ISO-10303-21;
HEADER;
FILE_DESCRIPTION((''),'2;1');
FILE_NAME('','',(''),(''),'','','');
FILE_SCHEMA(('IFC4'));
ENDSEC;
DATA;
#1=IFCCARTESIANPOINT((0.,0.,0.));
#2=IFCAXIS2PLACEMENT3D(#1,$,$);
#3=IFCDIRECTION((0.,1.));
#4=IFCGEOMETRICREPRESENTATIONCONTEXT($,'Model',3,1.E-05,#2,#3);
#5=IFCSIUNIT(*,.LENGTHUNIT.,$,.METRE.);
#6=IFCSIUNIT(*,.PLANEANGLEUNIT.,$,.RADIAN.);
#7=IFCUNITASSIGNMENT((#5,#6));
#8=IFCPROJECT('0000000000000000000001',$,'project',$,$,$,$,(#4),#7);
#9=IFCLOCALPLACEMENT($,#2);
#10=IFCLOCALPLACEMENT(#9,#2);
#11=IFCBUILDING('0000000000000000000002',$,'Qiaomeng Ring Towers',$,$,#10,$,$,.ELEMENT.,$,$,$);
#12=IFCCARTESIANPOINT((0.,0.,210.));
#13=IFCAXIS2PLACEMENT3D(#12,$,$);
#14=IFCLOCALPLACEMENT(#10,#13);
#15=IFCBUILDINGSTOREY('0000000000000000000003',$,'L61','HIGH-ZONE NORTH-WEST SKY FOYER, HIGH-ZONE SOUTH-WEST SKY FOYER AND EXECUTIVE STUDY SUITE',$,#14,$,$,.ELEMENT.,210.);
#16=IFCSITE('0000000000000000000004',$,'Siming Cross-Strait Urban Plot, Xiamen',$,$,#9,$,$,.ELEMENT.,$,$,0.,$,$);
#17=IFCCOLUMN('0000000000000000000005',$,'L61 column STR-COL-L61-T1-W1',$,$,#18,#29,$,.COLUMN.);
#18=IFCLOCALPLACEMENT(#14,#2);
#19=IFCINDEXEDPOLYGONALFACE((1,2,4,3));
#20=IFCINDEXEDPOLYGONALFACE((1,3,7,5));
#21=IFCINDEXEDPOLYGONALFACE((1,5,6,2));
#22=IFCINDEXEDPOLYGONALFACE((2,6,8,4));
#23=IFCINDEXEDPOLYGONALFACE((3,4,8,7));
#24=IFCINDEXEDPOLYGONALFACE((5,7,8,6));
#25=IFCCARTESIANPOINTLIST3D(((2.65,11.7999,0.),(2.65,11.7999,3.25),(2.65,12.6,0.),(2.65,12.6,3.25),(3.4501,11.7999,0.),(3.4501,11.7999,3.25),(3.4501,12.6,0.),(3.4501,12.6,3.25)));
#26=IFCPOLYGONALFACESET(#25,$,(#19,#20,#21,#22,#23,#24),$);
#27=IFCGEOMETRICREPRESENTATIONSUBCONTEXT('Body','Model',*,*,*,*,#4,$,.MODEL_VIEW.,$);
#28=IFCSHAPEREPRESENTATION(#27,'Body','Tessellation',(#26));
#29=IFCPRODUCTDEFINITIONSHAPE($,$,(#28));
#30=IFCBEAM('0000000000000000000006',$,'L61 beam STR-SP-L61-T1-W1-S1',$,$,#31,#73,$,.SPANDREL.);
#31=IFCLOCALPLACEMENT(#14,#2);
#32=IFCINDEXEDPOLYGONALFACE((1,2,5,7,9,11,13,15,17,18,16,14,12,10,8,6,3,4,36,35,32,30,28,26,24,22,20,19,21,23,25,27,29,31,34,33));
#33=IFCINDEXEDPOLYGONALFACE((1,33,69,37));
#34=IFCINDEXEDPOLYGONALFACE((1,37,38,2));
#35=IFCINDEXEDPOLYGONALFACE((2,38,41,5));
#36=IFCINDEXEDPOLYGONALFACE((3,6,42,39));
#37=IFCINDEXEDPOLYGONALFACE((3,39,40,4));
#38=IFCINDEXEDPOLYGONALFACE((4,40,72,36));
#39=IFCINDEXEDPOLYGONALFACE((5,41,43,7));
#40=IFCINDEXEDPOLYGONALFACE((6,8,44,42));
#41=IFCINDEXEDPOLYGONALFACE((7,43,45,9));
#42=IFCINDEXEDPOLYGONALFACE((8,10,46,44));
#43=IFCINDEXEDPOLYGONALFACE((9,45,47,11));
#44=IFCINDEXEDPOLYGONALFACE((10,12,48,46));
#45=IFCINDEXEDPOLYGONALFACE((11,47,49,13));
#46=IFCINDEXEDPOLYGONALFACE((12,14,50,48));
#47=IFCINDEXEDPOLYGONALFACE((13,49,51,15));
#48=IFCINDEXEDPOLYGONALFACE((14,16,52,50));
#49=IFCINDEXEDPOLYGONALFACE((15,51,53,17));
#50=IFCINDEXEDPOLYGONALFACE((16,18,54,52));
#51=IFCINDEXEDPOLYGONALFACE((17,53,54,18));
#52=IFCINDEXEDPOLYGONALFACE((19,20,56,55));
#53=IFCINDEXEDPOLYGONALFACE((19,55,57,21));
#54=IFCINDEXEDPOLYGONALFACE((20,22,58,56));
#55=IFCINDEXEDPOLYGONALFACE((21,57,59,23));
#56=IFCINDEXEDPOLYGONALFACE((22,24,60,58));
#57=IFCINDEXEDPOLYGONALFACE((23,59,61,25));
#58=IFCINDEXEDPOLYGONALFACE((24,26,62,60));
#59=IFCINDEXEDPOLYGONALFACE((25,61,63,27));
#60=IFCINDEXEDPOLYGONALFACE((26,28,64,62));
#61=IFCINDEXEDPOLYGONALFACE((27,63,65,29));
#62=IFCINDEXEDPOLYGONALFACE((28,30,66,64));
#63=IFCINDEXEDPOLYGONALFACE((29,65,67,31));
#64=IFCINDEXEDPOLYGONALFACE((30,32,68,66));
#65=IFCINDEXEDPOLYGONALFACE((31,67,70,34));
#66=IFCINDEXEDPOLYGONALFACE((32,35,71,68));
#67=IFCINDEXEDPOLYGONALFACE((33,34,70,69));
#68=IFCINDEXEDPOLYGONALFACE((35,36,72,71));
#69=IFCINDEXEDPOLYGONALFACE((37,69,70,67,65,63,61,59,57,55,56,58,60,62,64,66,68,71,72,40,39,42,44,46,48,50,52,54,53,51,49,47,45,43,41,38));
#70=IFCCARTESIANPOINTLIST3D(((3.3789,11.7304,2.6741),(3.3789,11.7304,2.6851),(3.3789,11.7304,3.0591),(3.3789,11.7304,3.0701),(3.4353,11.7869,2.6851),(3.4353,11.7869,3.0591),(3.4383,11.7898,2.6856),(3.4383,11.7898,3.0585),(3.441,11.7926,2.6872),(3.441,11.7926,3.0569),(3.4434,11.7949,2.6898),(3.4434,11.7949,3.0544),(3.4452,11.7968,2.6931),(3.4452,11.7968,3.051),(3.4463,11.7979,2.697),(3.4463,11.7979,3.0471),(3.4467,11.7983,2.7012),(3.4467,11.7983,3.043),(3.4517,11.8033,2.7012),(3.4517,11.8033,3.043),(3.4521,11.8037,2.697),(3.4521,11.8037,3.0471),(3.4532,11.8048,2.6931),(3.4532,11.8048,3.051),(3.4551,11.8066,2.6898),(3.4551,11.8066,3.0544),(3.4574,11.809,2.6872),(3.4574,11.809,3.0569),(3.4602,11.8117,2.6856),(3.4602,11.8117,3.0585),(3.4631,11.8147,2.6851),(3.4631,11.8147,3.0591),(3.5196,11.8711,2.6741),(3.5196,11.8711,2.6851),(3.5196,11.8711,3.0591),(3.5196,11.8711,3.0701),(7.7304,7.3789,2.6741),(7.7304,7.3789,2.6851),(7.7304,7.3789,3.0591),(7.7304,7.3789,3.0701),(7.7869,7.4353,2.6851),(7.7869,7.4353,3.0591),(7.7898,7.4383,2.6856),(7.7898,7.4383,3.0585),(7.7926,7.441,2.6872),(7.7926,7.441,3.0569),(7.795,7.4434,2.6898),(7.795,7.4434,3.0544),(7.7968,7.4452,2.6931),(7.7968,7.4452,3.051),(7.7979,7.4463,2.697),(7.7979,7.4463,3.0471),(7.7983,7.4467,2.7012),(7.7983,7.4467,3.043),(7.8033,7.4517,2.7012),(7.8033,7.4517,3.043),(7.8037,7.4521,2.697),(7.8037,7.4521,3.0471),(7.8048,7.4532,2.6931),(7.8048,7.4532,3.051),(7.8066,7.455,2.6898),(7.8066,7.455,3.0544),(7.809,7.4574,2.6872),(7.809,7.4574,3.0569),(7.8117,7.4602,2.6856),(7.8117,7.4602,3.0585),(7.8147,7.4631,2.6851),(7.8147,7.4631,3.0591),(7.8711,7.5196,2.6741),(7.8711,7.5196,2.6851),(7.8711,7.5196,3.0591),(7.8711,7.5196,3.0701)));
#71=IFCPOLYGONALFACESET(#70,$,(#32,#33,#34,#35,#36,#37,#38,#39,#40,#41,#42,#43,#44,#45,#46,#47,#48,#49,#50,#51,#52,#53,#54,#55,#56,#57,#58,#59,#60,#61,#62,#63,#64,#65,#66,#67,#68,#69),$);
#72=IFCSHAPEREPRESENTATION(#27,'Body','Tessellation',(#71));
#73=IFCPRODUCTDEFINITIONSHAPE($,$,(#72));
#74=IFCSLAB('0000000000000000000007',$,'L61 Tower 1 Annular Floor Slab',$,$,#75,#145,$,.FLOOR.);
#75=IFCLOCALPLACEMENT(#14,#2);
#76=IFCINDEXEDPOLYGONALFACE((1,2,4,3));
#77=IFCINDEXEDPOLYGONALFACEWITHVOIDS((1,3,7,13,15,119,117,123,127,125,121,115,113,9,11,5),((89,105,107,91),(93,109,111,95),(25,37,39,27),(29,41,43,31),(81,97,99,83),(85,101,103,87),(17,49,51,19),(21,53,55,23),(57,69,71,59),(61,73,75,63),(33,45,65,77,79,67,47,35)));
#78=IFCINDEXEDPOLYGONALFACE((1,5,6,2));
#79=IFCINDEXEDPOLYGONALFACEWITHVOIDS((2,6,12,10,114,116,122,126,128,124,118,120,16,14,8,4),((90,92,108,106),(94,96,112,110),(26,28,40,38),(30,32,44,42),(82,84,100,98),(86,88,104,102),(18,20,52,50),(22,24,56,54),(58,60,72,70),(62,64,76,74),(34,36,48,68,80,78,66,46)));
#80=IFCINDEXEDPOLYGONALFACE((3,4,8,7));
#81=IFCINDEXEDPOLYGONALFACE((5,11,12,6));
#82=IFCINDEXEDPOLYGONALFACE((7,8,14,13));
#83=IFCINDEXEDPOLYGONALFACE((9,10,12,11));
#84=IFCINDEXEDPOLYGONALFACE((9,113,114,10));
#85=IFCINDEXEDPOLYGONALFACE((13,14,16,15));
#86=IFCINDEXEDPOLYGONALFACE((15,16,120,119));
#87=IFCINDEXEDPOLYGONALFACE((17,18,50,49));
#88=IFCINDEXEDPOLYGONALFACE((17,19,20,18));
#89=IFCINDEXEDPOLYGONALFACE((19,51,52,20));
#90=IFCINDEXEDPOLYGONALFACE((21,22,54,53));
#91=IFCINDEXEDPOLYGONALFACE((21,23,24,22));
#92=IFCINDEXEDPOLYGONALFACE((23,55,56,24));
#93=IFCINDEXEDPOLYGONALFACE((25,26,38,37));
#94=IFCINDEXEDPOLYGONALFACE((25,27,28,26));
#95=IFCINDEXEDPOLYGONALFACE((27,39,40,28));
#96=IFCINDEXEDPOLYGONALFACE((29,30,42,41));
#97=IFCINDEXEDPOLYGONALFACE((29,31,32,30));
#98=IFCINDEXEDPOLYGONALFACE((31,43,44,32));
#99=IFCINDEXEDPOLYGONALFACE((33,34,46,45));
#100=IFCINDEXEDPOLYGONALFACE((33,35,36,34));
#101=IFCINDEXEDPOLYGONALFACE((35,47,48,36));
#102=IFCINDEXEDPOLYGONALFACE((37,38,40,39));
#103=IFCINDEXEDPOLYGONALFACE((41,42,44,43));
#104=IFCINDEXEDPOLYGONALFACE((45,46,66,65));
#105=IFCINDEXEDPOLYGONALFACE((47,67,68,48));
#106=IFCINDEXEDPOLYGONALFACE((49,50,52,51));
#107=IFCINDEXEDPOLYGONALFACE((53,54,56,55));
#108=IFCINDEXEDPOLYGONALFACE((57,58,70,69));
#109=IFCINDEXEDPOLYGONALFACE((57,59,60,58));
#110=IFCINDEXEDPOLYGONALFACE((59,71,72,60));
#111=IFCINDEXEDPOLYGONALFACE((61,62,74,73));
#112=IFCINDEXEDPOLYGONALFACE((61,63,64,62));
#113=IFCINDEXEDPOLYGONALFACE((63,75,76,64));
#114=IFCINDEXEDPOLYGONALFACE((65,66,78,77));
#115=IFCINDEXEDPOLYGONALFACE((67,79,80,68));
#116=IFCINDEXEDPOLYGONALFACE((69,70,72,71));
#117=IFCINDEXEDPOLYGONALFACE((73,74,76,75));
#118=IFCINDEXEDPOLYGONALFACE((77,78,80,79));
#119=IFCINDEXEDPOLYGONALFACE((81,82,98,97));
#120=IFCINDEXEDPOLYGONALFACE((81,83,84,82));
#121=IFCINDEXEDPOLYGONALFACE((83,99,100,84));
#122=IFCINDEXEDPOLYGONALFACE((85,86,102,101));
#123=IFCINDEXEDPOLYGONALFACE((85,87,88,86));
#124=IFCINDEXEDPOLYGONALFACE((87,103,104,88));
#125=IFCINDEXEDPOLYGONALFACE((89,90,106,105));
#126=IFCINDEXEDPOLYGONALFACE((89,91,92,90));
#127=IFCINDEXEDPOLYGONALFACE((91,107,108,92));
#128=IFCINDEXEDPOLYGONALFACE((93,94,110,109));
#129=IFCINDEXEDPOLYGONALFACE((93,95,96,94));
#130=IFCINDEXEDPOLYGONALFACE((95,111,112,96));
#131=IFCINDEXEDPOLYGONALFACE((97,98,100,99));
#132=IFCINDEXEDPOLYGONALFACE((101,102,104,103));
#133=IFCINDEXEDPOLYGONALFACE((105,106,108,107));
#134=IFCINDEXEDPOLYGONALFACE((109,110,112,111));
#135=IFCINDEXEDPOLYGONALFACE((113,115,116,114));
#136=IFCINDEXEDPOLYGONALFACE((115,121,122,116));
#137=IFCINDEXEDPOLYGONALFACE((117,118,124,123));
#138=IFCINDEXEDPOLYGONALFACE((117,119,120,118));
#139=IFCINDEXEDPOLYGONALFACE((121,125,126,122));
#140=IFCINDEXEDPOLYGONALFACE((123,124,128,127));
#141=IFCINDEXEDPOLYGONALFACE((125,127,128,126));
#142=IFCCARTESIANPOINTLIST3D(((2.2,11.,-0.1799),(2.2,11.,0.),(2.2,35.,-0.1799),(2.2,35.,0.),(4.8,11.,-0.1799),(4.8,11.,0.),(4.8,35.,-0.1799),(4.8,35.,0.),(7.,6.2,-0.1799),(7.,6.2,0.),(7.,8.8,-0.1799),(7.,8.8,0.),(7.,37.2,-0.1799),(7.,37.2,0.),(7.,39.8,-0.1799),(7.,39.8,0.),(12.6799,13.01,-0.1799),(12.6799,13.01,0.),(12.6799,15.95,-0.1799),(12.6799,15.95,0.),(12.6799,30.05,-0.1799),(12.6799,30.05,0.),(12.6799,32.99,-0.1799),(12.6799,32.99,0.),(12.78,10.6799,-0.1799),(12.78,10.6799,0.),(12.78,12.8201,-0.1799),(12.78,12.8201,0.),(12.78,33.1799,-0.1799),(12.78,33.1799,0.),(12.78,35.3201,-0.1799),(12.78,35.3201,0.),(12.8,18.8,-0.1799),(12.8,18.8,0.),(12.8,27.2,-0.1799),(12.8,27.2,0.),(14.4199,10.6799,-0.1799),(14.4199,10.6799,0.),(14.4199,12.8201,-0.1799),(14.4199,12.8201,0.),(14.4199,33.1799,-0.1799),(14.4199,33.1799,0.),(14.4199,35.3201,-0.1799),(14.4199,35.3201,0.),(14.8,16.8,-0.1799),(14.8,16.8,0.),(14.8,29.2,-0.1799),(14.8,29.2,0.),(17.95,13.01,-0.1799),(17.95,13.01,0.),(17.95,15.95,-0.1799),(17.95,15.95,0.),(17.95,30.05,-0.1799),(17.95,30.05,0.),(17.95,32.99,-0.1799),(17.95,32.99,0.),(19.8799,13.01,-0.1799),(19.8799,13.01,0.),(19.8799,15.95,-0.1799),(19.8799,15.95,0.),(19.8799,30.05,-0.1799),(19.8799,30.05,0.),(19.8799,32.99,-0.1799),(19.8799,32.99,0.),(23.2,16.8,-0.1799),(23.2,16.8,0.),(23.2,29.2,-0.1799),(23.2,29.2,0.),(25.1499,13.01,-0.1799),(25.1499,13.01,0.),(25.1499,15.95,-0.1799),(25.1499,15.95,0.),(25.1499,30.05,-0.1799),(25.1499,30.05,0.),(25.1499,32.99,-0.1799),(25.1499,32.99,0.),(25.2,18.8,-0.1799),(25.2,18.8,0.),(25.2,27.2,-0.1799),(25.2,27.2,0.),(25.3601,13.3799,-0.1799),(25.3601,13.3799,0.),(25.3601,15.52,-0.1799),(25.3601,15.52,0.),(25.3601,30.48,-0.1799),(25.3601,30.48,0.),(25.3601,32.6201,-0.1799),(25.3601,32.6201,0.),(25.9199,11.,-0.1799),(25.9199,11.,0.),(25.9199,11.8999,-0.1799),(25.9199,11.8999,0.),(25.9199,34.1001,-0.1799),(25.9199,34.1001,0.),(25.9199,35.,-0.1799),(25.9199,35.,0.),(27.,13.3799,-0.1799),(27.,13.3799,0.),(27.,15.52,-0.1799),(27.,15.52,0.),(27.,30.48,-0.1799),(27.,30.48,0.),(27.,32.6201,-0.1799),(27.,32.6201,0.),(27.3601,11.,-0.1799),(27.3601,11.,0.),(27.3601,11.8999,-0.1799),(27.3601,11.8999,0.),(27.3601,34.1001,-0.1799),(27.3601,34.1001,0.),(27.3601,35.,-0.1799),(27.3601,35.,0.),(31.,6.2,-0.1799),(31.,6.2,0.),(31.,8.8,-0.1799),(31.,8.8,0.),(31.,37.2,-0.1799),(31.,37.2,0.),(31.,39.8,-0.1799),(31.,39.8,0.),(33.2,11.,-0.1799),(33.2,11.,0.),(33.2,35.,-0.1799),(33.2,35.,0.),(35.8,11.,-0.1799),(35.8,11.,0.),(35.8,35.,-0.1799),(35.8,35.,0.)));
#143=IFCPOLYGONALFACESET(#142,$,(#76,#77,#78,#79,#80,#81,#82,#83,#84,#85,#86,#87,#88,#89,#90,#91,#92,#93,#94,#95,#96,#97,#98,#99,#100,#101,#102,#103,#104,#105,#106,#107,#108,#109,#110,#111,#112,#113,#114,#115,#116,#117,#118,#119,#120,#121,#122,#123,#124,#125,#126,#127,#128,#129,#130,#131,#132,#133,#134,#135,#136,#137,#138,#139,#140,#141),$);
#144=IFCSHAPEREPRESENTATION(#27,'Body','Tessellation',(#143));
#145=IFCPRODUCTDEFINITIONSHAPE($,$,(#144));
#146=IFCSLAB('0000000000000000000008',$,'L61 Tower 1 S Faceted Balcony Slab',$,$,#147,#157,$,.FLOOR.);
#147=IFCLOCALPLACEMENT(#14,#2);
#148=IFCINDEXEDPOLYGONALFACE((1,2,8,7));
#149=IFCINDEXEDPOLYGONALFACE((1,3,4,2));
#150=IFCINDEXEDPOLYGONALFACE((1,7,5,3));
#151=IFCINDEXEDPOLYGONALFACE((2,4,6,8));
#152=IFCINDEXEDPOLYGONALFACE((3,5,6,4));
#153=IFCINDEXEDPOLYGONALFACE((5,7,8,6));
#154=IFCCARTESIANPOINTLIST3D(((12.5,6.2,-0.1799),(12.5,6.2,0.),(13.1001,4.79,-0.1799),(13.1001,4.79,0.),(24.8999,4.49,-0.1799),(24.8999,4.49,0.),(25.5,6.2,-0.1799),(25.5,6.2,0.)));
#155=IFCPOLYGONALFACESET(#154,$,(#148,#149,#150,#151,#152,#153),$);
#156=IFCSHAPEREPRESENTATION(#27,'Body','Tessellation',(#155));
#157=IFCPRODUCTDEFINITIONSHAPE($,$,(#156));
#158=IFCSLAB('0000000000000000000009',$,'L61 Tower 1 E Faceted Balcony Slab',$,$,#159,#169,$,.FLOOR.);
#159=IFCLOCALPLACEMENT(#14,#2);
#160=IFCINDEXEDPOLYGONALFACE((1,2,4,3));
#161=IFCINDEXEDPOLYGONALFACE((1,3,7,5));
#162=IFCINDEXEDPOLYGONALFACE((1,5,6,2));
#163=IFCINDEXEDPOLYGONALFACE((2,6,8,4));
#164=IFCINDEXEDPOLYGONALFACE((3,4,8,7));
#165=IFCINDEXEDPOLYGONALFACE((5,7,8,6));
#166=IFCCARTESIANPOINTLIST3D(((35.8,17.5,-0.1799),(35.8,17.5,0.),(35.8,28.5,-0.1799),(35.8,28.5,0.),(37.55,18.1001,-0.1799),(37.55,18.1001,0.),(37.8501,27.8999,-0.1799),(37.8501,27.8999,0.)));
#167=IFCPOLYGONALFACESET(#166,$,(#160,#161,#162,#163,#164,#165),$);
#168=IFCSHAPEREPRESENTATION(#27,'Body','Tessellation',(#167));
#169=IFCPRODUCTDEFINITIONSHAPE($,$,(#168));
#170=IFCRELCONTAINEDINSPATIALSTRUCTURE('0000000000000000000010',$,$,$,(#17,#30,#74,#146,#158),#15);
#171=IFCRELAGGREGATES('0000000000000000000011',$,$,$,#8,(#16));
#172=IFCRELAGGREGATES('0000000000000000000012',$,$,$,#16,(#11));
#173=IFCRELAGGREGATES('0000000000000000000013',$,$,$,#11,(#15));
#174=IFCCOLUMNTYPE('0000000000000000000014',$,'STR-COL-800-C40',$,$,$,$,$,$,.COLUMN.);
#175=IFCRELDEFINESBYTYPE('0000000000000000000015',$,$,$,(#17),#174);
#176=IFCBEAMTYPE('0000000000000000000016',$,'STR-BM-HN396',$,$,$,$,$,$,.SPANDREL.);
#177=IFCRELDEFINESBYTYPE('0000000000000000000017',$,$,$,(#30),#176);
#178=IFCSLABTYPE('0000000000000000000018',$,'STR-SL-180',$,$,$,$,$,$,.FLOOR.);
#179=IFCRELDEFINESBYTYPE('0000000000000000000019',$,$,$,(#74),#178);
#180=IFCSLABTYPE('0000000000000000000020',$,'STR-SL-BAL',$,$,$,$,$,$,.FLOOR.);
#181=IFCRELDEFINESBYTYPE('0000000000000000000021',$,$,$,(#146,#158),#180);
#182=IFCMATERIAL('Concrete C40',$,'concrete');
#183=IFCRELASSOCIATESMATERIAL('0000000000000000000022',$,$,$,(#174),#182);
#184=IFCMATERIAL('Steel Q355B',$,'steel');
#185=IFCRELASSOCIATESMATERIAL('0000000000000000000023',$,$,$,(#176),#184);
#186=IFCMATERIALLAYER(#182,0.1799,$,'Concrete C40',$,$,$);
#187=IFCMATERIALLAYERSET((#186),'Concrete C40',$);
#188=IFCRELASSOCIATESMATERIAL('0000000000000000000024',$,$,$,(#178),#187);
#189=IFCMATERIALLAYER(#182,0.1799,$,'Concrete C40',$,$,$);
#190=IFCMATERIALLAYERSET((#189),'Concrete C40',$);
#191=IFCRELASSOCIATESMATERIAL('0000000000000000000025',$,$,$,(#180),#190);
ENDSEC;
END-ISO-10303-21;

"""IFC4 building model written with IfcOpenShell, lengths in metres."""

from ifc_helpers import new_model, si_unit, direction, frame, origin, origin_2d, place, context, subcontext, project, spatial, polyline, rectangle, i_section, outline, extrude, source, transform, mapped, material, layer, layer_set, material_profile, profile_set, type_object, element, save


model = new_model("IFC4")

# Units and contexts
model_context = context("Model", 3, precision=1e-05, world=origin(), true_north=direction((0.0, 1.0)))
body_context = subcontext(model_context, "Body", "Model", "MODEL_VIEW")
ifc_project = project(units=[si_unit("LENGTHUNIT", "METRE"), si_unit("PLANEANGLEUNIT", "RADIAN")], contexts=[model_context])

# Site, building, storey
site_placement = place(None, origin())
site = spatial("IfcSite", under=ifc_project, at=site_placement, Name="Siming Cross-Strait Urban Plot, Xiamen", CompositionType="ELEMENT", RefElevation=0.0)
building_placement = place(site_placement, origin())
building = spatial("IfcBuilding", under=site, at=building_placement, Name="Qiaomeng Ring Towers", CompositionType="ELEMENT")
storey_placement = place(building_placement, frame((0.0, 0.0, 210.0)))
storey = spatial("IfcBuildingStorey", under=building, at=storey_placement, Name="L61", Description="HIGH-ZONE NORTH-WEST SKY FOYER, HIGH-ZONE SOUTH-WEST SKY FOYER AND EXECUTIVE STUDY SUITE", CompositionType="ELEMENT", Elevation=210.0)

# Column
ifc_material_1 = material(Name="Concrete C40", Category="concrete")
ifc_material_profile_1 = material_profile(ifc_material_1, rectangle(XDim=0.8, YDim=0.8, at=origin_2d()), Name="RC COL 800x800")
ifc_profile_set_1 = profile_set([ifc_material_profile_1], Name="Concrete C40")
column_type = type_object("IfcColumnType", Name="STR-COL-800-C40", PredefinedType="COLUMN", material=ifc_profile_set_1)
shared_shape_1 = source(origin(), body_context, "Body", "SweptSolid", [
    extrude(rectangle(XDim=0.8, YDim=0.8, at=origin_2d()), origin(), (0.0, 0.0, 1.0), 3.25),
])
column_placement = place(storey_placement, frame((3.05, 12.2, 0.0), z_axis=(0.0, 0.0, 1.0), x_axis=(1.0, 0.0, 0.0)))
element("IfcColumn", 1, at=column_placement, inside=storey, type_object=column_type, Name="L61 column STR-COL-L61-T1-W1", PredefinedType="COLUMN", context=body_context, shape_type="MappedRepresentation", body=[
    mapped(shared_shape_1, transform((0.0, 0.0, 0.0), x_axis=(1.0, 0.0, 0.0), y_axis=(0.0, 1.0, 0.0), z_axis=(0.0, 0.0, 1.0), scale=1.0)),
])

# Beam
ifc_material_2 = material(Name="Steel Q355B", Category="steel")
ifc_material_profile_2 = material_profile(ifc_material_2, i_section(OverallWidth=0.199, OverallDepth=0.396, WebThickness=0.0071, FlangeThickness=0.011, FilletRadius=0.0161, at=origin_2d()), Name="HN 396x199x7x11")
ifc_profile_set_2 = profile_set([ifc_material_profile_2], Name="Steel Q355B")
beam_type = type_object("IfcBeamType", Name="STR-BM-HN396", PredefinedType="SPANDREL", material=ifc_profile_set_2)
shared_shape_2 = source(origin(), body_context, "Body", "SweptSolid", [
    extrude(i_section(OverallWidth=0.199, OverallDepth=0.396, WebThickness=0.0071, FlangeThickness=0.011, FilletRadius=0.0161, at=origin_2d()), origin(), (0.0, 0.0, 1.0), 6.1541),
])
beam_placement = place(storey_placement, frame((3.4492, 11.8008, 2.8721), z_axis=(0.707107, -0.707107, 0.0), x_axis=(0.707107, 0.707107, 0.0)))
element("IfcBeam", 2, at=beam_placement, inside=storey, type_object=beam_type, Name="L61 beam STR-SP-L61-T1-W1-S1", PredefinedType="SPANDREL", context=body_context, shape_type="MappedRepresentation", body=[
    mapped(shared_shape_2, transform((0.0, 0.0, 0.0), x_axis=(1.0, 0.0, 0.0), y_axis=(0.0, 1.0, 0.0), z_axis=(0.0, 0.0, 1.0), scale=1.0)),
])

# Slabs
ifc_layer_1 = layer(ifc_material_1, 0.1799, Name="Concrete C40")
ifc_layer_set_1 = layer_set([ifc_layer_1], Name="Concrete C40")
slab_type_1 = type_object("IfcSlabType", Name="STR-SL-180", PredefinedType="FLOOR", material=ifc_layer_set_1)
slab_1_placement = place(storey_placement, frame((0.0, 0.0, -0.1799)))
element("IfcSlab", 3, at=slab_1_placement, inside=storey, type_object=slab_type_1, Name="L61 Tower 1 Annular Floor Slab", PredefinedType="FLOOR", context=body_context, shape_type="SweptSolid", body=[
    extrude(outline(polyline([(7.0, 6.2), (31.0, 6.2), (31.0, 8.8), (33.2, 11.0), (35.8, 11.0), (35.8, 35.0), (33.2, 35.0), (31.0, 37.2), (31.0, 39.8), (7.0, 39.8), (7.0, 37.2), (4.8, 35.0), (2.2, 35.0), (2.2, 11.0), (4.8, 11.0), (7.0, 8.8), (7.0, 6.2)]), holes=[polyline([(12.78, 10.6799), (12.78, 12.8201), (14.4199, 12.8201), (14.4199, 10.6799), (12.78, 10.6799)]), polyline([(12.6799, 13.01), (12.6799, 15.95), (17.95, 15.95), (17.95, 13.01), (12.6799, 13.01)]), polyline([(23.2, 29.2), (25.2, 27.2), (25.2, 18.8), (23.2, 16.8), (14.8, 16.8), (12.8, 18.8), (12.8, 27.2), (14.8, 29.2), (23.2, 29.2)]), polyline([(12.6799, 32.99), (17.95, 32.99), (17.95, 30.05), (12.6799, 30.05), (12.6799, 32.99)]), polyline([(19.8799, 32.99), (25.1499, 32.99), (25.1499, 30.05), (19.8799, 30.05), (19.8799, 32.99)]), polyline([(12.78, 33.1799), (12.78, 35.3201), (14.4199, 35.3201), (14.4199, 33.1799), (12.78, 33.1799)]), polyline([(25.9199, 11.8999), (27.3601, 11.8999), (27.3601, 11.0), (25.9199, 11.0), (25.9199, 11.8999)]), polyline([(25.3601, 15.52), (27.0, 15.52), (27.0, 13.3799), (25.3601, 13.3799), (25.3601, 15.52)]), polyline([(19.8799, 13.01), (19.8799, 15.95), (25.1499, 15.95), (25.1499, 13.01), (19.8799, 13.01)]), polyline([(25.3601, 32.6201), (27.0, 32.6201), (27.0, 30.48), (25.3601, 30.48), (25.3601, 32.6201)]), polyline([(25.9199, 35.0), (27.3601, 35.0), (27.3601, 34.1001), (25.9199, 34.1001), (25.9199, 35.0)])]), origin(), (0.0, 0.0, 1.0), 0.1799),
])
ifc_layer_2 = layer(ifc_material_1, 0.1799, Name="Concrete C40")
ifc_layer_set_2 = layer_set([ifc_layer_2], Name="Concrete C40")
slab_type_2 = type_object("IfcSlabType", Name="STR-SL-BAL", PredefinedType="FLOOR", material=ifc_layer_set_2)
slab_2_placement = place(storey_placement, frame((0.0, 0.0, -0.1799)))
element("IfcSlab", 4, at=slab_2_placement, inside=storey, type_object=slab_type_2, Name="L61 Tower 1 S Faceted Balcony Slab", PredefinedType="FLOOR", context=body_context, shape_type="SweptSolid", body=[
    extrude(outline(polyline([(25.5, 6.2), (24.8999, 4.49), (13.1001, 4.79), (12.5, 6.2), (25.5, 6.2)])), origin(), (0.0, 0.0, 1.0), 0.1799),
])
slab_3_placement = place(storey_placement, frame((0.0, 0.0, -0.1799)))
element("IfcSlab", 5, at=slab_3_placement, inside=storey, type_object=slab_type_2, Name="L61 Tower 1 E Faceted Balcony Slab", PredefinedType="FLOOR", context=body_context, shape_type="SweptSolid", body=[
    extrude(outline(polyline([(37.8501, 27.8999), (37.55, 18.1001), (35.8, 17.5), (35.8, 28.5), (37.8501, 27.8999)])), origin(), (0.0, 0.0, 1.0), 0.1799),
])

save(model, "model.ifc")
